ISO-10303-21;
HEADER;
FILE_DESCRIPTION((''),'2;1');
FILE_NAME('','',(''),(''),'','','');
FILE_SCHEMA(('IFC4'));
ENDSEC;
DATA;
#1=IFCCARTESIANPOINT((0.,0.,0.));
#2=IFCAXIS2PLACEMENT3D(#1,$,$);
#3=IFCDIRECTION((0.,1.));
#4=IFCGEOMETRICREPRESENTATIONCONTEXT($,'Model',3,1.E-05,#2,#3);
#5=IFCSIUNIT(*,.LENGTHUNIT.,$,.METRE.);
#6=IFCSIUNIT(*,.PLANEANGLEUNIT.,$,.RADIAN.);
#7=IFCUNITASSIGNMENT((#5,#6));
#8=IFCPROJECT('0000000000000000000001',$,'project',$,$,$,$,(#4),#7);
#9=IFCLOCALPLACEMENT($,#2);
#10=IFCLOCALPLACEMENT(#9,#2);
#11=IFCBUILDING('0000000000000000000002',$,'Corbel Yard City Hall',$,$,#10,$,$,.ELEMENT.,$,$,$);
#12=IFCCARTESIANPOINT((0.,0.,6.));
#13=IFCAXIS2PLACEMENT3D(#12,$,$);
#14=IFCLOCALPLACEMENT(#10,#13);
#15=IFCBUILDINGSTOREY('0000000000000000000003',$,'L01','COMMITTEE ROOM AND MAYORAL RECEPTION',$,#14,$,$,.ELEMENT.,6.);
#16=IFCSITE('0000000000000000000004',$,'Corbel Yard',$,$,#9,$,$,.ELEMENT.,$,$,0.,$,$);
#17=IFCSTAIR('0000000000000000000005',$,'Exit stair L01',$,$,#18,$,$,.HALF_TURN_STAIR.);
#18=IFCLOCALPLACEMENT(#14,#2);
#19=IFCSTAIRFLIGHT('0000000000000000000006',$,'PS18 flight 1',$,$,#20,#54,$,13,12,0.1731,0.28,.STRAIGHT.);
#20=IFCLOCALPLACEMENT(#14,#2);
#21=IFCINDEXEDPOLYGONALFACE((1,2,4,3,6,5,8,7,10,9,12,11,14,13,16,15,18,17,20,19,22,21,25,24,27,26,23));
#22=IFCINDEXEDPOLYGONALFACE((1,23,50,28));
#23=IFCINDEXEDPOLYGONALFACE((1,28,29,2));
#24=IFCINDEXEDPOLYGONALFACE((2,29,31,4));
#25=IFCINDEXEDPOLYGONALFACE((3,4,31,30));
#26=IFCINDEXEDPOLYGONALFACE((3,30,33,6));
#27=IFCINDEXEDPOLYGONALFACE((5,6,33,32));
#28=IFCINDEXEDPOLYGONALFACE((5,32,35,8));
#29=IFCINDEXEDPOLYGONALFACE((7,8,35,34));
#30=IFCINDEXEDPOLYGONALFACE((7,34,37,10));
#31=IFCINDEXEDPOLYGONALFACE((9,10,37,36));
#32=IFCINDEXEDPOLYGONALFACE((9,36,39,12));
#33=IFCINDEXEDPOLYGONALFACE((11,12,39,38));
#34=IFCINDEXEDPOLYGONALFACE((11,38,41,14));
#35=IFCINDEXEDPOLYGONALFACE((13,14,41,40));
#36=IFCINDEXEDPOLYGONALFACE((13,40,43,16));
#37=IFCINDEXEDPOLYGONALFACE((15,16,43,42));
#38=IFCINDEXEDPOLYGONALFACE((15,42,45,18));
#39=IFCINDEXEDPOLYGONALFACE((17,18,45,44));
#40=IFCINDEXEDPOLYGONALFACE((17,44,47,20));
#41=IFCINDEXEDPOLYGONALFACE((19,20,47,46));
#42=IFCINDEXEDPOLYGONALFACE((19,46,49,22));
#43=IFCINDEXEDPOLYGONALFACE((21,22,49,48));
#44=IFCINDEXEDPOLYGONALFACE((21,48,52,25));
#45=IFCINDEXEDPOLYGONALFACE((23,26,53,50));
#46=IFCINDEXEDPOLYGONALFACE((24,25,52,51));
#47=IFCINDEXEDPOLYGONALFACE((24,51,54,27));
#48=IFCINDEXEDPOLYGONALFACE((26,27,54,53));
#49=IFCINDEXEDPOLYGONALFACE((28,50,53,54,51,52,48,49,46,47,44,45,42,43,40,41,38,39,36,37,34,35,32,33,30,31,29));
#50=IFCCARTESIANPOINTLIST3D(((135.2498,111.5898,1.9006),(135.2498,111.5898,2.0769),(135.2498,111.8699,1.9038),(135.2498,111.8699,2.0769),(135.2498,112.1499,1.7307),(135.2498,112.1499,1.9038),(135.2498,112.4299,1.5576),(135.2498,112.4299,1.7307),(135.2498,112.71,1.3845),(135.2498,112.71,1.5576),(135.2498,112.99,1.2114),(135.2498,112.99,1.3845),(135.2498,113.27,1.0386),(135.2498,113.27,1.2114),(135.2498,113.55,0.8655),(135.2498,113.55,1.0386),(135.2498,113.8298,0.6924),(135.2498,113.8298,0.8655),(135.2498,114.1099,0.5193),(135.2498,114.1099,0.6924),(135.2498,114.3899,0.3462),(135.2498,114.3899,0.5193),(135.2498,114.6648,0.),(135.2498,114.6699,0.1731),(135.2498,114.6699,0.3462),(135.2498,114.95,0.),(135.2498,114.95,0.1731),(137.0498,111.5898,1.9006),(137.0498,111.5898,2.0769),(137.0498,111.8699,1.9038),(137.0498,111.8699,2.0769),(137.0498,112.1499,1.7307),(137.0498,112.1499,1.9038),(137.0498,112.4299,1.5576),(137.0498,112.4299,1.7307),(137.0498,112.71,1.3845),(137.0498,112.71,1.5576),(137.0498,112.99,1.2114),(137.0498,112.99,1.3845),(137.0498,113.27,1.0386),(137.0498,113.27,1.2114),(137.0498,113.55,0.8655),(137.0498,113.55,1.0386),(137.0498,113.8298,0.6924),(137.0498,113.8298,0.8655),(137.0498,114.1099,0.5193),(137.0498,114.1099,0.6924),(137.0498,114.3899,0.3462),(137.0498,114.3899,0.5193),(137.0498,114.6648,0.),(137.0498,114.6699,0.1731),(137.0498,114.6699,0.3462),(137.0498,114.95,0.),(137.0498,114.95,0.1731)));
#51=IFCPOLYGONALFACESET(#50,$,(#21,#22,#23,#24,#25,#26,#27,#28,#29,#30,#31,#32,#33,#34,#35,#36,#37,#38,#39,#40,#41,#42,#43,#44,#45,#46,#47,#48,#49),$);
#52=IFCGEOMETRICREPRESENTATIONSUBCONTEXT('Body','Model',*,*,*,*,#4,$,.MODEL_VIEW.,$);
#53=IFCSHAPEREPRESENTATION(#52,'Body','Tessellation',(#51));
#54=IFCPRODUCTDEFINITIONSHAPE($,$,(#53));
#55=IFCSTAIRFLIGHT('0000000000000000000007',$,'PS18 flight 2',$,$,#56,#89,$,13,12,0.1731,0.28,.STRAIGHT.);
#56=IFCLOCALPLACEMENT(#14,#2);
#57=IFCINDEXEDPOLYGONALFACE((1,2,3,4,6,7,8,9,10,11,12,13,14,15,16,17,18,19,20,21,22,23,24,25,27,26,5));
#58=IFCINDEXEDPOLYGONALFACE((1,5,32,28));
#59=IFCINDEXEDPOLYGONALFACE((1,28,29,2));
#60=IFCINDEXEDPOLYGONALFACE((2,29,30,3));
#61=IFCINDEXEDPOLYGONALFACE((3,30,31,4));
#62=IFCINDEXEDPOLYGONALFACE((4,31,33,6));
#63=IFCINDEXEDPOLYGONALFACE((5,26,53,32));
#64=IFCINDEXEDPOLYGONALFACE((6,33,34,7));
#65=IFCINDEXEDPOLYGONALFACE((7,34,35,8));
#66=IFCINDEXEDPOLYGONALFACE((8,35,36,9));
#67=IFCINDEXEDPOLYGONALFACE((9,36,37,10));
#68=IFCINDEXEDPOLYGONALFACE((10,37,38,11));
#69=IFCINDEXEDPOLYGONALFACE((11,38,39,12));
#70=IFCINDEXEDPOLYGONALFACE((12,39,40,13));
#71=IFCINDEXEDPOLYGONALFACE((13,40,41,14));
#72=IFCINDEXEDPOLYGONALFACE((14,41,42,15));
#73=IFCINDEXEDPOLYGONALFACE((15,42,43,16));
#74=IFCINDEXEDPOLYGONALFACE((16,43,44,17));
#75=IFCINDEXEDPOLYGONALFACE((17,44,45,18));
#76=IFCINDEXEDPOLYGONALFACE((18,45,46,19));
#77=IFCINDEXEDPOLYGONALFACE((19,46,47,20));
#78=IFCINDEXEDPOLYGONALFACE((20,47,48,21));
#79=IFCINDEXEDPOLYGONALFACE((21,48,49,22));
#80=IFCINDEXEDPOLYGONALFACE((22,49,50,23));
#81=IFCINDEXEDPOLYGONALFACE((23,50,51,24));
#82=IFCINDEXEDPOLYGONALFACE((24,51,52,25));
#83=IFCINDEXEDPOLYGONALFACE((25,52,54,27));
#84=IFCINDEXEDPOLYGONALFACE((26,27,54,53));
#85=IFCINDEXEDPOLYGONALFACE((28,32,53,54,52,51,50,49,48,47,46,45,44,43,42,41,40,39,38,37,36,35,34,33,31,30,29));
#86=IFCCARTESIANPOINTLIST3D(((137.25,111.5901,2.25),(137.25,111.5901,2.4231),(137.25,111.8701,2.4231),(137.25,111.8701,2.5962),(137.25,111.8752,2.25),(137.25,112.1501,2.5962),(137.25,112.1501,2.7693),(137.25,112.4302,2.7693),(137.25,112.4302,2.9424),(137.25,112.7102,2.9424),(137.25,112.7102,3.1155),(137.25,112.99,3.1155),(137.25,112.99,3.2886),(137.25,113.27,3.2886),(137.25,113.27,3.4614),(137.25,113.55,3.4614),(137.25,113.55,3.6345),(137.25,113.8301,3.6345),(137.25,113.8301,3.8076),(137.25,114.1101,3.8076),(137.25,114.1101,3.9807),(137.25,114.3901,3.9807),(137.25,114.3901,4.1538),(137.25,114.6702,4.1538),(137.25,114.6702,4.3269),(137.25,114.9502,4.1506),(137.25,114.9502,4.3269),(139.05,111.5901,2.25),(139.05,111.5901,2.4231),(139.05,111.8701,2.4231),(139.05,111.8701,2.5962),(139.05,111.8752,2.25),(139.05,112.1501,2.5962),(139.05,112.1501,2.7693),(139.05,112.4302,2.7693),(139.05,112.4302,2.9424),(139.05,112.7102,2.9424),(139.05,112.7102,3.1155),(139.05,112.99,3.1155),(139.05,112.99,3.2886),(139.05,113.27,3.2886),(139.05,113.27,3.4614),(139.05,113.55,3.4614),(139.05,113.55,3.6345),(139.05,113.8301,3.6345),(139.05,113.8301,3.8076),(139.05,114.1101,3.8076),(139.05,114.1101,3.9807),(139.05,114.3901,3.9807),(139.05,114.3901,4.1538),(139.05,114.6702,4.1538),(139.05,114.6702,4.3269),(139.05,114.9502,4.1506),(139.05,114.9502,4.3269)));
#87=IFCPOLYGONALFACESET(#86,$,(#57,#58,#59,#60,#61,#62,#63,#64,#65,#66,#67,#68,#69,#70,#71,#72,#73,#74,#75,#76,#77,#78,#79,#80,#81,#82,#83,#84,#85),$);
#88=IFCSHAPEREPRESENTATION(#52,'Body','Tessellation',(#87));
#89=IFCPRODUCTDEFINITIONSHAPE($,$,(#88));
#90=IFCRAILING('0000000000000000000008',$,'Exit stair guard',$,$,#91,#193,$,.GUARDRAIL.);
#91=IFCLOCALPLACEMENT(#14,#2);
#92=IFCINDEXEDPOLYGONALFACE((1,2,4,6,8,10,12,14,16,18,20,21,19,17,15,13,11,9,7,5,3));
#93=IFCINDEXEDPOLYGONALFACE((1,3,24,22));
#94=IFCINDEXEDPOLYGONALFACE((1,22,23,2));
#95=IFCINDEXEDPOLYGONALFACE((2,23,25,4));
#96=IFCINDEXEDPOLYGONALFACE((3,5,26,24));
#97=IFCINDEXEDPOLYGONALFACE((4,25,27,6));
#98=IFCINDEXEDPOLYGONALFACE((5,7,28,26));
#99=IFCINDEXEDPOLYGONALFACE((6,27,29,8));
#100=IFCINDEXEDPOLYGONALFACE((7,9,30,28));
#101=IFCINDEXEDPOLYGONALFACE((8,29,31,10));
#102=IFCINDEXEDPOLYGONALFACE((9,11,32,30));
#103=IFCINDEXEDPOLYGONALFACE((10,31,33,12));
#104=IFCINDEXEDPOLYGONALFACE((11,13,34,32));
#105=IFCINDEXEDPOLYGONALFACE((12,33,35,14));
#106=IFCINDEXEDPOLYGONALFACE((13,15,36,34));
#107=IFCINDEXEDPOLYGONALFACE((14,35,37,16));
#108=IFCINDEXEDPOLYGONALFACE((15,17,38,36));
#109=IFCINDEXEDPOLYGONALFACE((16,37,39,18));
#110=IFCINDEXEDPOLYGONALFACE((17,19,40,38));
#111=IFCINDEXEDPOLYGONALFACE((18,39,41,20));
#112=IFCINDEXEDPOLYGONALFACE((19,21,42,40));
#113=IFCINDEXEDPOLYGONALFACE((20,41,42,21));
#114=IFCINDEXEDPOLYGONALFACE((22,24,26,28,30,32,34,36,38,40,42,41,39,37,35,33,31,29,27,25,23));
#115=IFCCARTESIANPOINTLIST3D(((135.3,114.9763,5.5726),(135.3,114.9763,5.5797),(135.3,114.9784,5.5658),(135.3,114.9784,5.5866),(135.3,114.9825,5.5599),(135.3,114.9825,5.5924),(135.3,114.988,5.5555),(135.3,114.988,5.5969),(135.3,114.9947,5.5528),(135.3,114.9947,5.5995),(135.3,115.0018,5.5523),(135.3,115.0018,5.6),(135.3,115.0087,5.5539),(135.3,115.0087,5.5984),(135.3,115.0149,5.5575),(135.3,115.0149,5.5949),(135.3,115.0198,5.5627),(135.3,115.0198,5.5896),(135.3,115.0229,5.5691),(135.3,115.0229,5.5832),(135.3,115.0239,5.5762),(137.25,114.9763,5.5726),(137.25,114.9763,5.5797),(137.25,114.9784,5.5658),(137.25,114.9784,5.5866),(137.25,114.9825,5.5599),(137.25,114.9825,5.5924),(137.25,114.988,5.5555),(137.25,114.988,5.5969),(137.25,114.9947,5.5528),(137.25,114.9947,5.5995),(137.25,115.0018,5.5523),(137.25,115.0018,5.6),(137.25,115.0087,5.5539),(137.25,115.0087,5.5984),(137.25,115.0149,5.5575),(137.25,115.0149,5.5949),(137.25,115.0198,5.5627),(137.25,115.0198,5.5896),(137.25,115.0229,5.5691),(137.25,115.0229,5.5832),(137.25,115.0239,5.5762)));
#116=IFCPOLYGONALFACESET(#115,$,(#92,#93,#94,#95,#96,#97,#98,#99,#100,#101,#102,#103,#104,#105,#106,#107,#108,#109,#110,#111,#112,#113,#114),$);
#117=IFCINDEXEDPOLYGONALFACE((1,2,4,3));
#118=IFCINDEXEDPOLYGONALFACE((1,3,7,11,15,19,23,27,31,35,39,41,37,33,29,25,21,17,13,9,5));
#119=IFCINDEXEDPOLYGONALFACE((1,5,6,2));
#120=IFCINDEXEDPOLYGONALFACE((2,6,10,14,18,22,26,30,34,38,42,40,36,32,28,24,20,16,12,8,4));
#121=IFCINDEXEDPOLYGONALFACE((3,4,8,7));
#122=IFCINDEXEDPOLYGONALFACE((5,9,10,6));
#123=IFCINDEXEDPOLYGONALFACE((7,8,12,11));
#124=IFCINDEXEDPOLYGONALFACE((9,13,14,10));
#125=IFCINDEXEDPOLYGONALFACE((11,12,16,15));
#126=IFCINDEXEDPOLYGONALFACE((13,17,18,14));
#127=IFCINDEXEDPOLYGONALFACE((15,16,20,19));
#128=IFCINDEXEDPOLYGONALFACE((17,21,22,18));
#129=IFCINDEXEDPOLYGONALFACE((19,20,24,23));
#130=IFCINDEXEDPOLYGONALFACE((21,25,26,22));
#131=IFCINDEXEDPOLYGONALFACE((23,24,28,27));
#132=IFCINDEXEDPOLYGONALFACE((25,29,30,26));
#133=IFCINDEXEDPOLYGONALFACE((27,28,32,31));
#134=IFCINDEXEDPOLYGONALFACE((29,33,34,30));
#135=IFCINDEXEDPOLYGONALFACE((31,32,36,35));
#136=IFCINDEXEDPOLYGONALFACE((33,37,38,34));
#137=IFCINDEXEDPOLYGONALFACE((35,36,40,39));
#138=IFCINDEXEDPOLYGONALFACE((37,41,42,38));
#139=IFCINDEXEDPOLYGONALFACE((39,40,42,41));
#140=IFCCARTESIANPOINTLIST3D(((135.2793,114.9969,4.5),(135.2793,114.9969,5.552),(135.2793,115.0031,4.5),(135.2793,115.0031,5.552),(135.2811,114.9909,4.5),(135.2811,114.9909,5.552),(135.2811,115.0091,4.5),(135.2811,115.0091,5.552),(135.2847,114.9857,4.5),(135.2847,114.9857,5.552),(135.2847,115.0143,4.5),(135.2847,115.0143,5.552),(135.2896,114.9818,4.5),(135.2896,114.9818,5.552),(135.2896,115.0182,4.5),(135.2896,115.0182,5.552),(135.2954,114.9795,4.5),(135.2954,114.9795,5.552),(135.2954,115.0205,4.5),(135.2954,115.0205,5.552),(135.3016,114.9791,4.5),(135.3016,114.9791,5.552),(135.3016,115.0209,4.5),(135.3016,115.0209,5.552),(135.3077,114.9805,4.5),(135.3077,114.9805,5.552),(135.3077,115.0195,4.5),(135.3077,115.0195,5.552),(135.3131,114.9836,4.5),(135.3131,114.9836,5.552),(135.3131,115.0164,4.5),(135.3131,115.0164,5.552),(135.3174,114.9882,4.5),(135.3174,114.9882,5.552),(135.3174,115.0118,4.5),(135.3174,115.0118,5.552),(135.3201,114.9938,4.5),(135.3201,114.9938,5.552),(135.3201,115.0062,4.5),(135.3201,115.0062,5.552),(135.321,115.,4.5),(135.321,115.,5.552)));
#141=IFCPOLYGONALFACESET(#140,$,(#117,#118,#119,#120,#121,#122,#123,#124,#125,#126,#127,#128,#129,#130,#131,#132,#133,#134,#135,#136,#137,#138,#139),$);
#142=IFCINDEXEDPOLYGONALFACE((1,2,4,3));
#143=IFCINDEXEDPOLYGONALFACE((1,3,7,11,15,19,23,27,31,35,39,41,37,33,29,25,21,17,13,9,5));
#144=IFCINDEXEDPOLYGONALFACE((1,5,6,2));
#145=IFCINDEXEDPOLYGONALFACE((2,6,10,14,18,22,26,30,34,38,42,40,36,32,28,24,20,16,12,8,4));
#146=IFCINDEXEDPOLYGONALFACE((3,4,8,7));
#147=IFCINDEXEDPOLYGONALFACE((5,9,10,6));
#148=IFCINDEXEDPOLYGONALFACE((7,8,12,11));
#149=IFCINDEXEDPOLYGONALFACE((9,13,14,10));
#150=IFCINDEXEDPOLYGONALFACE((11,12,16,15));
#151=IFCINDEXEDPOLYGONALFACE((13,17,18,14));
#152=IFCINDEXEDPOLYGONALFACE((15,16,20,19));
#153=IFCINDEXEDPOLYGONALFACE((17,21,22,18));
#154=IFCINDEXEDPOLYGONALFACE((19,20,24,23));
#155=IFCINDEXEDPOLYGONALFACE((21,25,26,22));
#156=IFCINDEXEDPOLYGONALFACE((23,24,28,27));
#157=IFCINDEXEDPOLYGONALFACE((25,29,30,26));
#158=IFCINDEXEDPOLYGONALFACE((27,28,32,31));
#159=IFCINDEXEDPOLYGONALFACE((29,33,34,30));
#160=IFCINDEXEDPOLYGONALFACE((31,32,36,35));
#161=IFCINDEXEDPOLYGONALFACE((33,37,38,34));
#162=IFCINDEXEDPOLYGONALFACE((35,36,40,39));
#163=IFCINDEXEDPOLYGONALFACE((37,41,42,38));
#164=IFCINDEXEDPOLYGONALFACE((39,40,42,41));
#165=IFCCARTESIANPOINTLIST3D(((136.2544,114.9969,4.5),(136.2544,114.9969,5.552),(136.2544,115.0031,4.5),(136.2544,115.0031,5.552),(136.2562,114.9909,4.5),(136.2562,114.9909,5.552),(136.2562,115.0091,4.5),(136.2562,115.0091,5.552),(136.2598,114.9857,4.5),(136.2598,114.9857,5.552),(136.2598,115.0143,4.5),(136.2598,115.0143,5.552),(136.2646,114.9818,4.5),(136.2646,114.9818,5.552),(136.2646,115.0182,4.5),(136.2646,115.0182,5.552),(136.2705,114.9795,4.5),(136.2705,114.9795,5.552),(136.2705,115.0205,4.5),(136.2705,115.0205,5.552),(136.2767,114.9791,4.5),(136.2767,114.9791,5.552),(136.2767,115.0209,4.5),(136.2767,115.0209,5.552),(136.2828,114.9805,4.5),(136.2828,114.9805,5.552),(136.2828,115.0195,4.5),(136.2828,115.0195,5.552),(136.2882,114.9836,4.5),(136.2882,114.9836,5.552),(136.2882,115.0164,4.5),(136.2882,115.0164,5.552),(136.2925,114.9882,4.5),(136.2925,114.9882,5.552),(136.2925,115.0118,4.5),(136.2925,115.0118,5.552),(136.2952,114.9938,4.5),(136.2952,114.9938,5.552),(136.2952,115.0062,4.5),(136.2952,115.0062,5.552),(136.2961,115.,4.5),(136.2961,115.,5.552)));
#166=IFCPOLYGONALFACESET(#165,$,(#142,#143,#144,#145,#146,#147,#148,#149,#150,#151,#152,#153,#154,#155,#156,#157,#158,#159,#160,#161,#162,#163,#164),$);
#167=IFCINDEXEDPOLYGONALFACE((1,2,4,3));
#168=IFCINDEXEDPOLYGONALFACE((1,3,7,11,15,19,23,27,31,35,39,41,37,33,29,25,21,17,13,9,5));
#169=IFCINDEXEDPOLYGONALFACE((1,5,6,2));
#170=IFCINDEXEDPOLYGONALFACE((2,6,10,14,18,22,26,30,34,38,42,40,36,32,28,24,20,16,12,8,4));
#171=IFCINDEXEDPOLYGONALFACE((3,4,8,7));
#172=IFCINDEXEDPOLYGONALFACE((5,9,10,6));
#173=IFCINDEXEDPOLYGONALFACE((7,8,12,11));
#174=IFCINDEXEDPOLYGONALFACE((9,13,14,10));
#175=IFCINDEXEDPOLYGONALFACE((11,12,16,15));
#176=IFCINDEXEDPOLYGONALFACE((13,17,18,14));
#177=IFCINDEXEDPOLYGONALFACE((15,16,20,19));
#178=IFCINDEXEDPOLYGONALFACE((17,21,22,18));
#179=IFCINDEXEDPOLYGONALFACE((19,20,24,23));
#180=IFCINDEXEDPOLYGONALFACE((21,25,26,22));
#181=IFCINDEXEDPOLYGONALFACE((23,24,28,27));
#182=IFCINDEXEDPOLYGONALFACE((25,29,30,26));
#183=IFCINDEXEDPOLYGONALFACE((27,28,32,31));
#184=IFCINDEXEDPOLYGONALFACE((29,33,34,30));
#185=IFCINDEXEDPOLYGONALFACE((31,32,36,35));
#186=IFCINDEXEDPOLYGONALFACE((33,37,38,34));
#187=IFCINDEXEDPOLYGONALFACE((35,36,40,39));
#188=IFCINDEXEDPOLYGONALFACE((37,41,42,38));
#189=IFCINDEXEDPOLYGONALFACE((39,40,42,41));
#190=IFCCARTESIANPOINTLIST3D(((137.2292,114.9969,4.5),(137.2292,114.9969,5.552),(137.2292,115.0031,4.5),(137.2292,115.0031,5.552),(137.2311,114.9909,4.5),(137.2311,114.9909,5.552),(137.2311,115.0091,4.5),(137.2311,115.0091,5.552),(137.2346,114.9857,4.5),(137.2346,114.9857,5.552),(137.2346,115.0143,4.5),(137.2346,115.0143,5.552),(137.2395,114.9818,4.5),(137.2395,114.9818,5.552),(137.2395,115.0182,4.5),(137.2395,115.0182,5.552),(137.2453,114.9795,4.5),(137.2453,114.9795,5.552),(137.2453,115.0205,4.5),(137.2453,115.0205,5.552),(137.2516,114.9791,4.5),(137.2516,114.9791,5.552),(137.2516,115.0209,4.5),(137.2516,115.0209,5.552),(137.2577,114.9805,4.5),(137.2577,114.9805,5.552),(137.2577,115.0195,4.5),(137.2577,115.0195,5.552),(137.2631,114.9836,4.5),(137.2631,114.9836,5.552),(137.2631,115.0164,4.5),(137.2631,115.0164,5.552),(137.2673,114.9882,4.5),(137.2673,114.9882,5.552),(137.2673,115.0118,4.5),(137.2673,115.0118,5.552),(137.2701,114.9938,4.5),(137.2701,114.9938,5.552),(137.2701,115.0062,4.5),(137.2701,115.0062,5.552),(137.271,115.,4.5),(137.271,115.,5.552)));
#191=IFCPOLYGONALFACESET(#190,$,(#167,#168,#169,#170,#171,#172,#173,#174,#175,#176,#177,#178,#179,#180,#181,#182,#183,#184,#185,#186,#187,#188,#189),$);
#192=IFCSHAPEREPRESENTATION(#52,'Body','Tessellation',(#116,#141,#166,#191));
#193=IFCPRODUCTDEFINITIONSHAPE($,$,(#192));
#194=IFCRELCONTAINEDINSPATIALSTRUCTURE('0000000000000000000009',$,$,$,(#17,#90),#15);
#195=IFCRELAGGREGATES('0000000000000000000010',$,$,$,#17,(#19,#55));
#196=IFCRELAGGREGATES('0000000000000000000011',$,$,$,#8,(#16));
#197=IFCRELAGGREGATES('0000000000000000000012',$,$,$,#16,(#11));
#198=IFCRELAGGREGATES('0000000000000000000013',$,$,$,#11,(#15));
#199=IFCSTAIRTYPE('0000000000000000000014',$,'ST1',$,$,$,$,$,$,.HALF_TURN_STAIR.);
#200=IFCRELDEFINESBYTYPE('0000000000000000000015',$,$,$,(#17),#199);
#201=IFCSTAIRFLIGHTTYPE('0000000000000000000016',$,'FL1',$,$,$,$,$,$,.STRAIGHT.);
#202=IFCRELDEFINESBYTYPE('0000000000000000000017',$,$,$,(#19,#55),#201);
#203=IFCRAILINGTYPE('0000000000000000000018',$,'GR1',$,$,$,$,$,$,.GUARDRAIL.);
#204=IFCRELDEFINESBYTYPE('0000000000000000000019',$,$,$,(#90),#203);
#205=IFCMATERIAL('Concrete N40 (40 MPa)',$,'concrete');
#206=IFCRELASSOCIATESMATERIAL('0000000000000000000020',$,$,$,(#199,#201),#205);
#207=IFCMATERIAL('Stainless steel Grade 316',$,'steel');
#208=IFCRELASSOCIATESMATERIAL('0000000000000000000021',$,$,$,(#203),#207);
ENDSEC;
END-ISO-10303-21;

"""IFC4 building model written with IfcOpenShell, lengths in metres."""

from ifc_helpers import new_model, si_unit, direction, frame, origin, origin_2d, place, context, subcontext, project, spatial, polyline, circle, outline, extrude, material, type_object, element, aggregate, save


model = new_model("IFC4")

# Units and contexts
model_context = context("Model", 3, precision=1e-05, world=origin(), true_north=direction((0.0, 1.0)))
body_context = subcontext(model_context, "Body", "Model", "MODEL_VIEW")
ifc_project = project(units=[si_unit("LENGTHUNIT", "METRE"), si_unit("PLANEANGLEUNIT", "RADIAN")], contexts=[model_context])

# Site, building, storey
site_placement = place(None, origin())
site = spatial("IfcSite", under=ifc_project, at=site_placement, Name="Corbel Yard", CompositionType="ELEMENT", RefElevation=0.0)
building_placement = place(site_placement, origin())
building = spatial("IfcBuilding", under=site, at=building_placement, Name="Corbel Yard City Hall", CompositionType="ELEMENT")
storey_placement = place(building_placement, frame((0.0, 0.0, 6.0)))
storey = spatial("IfcBuildingStorey", under=building, at=storey_placement, Name="L01", Description="COMMITTEE ROOM AND MAYORAL RECEPTION", CompositionType="ELEMENT", Elevation=6.0)

# Stair, stair flights
ifc_material_1 = material(Name="Concrete N40 (40 MPa)", Category="concrete")
stair_type = type_object("IfcStairType", Name="ST1", PredefinedType="HALF_TURN_STAIR", material=ifc_material_1)
stair_placement = place(storey_placement, origin())
stair = element("IfcStair", 1, at=stair_placement, inside=storey, type_object=stair_type, Name="Exit stair L01", PredefinedType="HALF_TURN_STAIR")
stair_flight_type = type_object("IfcStairFlightType", Name="FL1", PredefinedType="STRAIGHT", material=ifc_material_1)
stair_flight_1_placement = place(storey_placement, frame((136.1499, 114.95, 0.0), z_axis=(0.0, 0.0, 1.0), x_axis=(0.0, -1.0, 0.0)))
stair_flight_1 = element("IfcStairFlight", 2, at=stair_flight_1_placement, type_object=stair_flight_type, Name="PS18 flight 1", NumberOfRisers=13, NumberOfTreads=12, PredefinedType="STRAIGHT", RiserHeight=0.1731, TreadLength=0.28, context=body_context, shape_type="SweptSolid", body=[
    extrude(outline(polyline([(0.0, 0.0), (0.0, 0.1731), (0.28, 0.1731), (0.28, 0.3462), (0.5601, 0.3462), (0.5601, 0.5193), (0.8401, 0.5193), (0.8401, 0.6924), (1.1201, 0.6924), (1.1201, 0.8655), (1.3999, 0.8655), (1.3999, 1.0386), (1.6799, 1.0386), (1.6799, 1.2114), (1.96, 1.2114), (1.96, 1.3845), (2.24, 1.3845), (2.24, 1.5576), (2.52, 1.5576), (2.52, 1.7307), (2.8, 1.7307), (2.8, 1.9038), (3.0801, 1.9038), (3.0801, 2.0769), (3.3601, 2.0769), (3.3601, 2.25), (3.3601, 1.9006), (0.2852, 0.0), (0.0, 0.0)])), frame((0.0, 0.8999, 0.0), z_axis=(0.0, -1.0, 0.0), x_axis=(1.0, 0.0, 0.0)), (0.0, 0.0, 1.0), 1.8),
])
stair_flight_2_placement = place(storey_placement, frame((138.1499, 111.5901, 2.25), z_axis=(0.0, 0.0, 1.0), x_axis=(0.0, 1.0, 0.0)))
stair_flight_2 = element("IfcStairFlight", 3, at=stair_flight_2_placement, type_object=stair_flight_type, Name="PS18 flight 2", NumberOfRisers=13, NumberOfTreads=12, PredefinedType="STRAIGHT", RiserHeight=0.1731, TreadLength=0.28, context=body_context, shape_type="SweptSolid", body=[
    extrude(outline(polyline([(0.0, 0.0), (0.0, 0.1731), (0.28, 0.1731), (0.28, 0.3462), (0.5601, 0.3462), (0.5601, 0.5193), (0.8401, 0.5193), (0.8401, 0.6924), (1.1201, 0.6924), (1.1201, 0.8655), (1.3999, 0.8655), (1.3999, 1.0386), (1.6799, 1.0386), (1.6799, 1.2114), (1.96, 1.2114), (1.96, 1.3845), (2.24, 1.3845), (2.24, 1.5576), (2.52, 1.5576), (2.52, 1.7307), (2.8, 1.7307), (2.8, 1.9038), (3.0801, 1.9038), (3.0801, 2.0769), (3.3601, 2.0769), (3.3601, 2.25), (3.3601, 1.9006), (0.2852, 0.0), (0.0, 0.0)])), frame((0.0, 0.8999, 0.0), z_axis=(0.0, -1.0, 0.0), x_axis=(1.0, 0.0, 0.0)), (0.0, 0.0, 1.0), 1.8),
])
aggregate(stair, [stair_flight_1, stair_flight_2])

# Railing
ifc_material_2 = material(Name="Stainless steel Grade 316", Category="steel")
railing_type_1 = type_object("IfcRailingType", Name="GR1", PredefinedType="GUARDRAIL", material=ifc_material_2)
railing_placement = place(storey_placement, frame((135.3, 115.0, 4.5)))
element("IfcRailing", 4, at=railing_placement, inside=storey, type_object=railing_type_1, Name="Exit stair guard", PredefinedType="GUARDRAIL", context=body_context, shape_type="SweptSolid", body=[
    extrude(circle(Radius=0.0239, at=origin_2d()), frame((0.0, 0.0, 1.0762), z_axis=(1.0, 0.0, 0.0), x_axis=(0.0, 1.0, 0.0)), (0.0, 0.0, 1.0), 1.95),
    extrude(circle(Radius=0.021, at=origin_2d()), origin(), (0.0, 0.0, 1.0), 1.052),
    extrude(circle(Radius=0.021, at=origin_2d()), frame((0.9751, 0.0, 0.0)), (0.0, 0.0, 1.0), 1.052),
    extrude(circle(Radius=0.021, at=origin_2d()), frame((1.95, 0.0, 0.0)), (0.0, 0.0, 1.0), 1.052),
])

save(model, "model.ifc")
